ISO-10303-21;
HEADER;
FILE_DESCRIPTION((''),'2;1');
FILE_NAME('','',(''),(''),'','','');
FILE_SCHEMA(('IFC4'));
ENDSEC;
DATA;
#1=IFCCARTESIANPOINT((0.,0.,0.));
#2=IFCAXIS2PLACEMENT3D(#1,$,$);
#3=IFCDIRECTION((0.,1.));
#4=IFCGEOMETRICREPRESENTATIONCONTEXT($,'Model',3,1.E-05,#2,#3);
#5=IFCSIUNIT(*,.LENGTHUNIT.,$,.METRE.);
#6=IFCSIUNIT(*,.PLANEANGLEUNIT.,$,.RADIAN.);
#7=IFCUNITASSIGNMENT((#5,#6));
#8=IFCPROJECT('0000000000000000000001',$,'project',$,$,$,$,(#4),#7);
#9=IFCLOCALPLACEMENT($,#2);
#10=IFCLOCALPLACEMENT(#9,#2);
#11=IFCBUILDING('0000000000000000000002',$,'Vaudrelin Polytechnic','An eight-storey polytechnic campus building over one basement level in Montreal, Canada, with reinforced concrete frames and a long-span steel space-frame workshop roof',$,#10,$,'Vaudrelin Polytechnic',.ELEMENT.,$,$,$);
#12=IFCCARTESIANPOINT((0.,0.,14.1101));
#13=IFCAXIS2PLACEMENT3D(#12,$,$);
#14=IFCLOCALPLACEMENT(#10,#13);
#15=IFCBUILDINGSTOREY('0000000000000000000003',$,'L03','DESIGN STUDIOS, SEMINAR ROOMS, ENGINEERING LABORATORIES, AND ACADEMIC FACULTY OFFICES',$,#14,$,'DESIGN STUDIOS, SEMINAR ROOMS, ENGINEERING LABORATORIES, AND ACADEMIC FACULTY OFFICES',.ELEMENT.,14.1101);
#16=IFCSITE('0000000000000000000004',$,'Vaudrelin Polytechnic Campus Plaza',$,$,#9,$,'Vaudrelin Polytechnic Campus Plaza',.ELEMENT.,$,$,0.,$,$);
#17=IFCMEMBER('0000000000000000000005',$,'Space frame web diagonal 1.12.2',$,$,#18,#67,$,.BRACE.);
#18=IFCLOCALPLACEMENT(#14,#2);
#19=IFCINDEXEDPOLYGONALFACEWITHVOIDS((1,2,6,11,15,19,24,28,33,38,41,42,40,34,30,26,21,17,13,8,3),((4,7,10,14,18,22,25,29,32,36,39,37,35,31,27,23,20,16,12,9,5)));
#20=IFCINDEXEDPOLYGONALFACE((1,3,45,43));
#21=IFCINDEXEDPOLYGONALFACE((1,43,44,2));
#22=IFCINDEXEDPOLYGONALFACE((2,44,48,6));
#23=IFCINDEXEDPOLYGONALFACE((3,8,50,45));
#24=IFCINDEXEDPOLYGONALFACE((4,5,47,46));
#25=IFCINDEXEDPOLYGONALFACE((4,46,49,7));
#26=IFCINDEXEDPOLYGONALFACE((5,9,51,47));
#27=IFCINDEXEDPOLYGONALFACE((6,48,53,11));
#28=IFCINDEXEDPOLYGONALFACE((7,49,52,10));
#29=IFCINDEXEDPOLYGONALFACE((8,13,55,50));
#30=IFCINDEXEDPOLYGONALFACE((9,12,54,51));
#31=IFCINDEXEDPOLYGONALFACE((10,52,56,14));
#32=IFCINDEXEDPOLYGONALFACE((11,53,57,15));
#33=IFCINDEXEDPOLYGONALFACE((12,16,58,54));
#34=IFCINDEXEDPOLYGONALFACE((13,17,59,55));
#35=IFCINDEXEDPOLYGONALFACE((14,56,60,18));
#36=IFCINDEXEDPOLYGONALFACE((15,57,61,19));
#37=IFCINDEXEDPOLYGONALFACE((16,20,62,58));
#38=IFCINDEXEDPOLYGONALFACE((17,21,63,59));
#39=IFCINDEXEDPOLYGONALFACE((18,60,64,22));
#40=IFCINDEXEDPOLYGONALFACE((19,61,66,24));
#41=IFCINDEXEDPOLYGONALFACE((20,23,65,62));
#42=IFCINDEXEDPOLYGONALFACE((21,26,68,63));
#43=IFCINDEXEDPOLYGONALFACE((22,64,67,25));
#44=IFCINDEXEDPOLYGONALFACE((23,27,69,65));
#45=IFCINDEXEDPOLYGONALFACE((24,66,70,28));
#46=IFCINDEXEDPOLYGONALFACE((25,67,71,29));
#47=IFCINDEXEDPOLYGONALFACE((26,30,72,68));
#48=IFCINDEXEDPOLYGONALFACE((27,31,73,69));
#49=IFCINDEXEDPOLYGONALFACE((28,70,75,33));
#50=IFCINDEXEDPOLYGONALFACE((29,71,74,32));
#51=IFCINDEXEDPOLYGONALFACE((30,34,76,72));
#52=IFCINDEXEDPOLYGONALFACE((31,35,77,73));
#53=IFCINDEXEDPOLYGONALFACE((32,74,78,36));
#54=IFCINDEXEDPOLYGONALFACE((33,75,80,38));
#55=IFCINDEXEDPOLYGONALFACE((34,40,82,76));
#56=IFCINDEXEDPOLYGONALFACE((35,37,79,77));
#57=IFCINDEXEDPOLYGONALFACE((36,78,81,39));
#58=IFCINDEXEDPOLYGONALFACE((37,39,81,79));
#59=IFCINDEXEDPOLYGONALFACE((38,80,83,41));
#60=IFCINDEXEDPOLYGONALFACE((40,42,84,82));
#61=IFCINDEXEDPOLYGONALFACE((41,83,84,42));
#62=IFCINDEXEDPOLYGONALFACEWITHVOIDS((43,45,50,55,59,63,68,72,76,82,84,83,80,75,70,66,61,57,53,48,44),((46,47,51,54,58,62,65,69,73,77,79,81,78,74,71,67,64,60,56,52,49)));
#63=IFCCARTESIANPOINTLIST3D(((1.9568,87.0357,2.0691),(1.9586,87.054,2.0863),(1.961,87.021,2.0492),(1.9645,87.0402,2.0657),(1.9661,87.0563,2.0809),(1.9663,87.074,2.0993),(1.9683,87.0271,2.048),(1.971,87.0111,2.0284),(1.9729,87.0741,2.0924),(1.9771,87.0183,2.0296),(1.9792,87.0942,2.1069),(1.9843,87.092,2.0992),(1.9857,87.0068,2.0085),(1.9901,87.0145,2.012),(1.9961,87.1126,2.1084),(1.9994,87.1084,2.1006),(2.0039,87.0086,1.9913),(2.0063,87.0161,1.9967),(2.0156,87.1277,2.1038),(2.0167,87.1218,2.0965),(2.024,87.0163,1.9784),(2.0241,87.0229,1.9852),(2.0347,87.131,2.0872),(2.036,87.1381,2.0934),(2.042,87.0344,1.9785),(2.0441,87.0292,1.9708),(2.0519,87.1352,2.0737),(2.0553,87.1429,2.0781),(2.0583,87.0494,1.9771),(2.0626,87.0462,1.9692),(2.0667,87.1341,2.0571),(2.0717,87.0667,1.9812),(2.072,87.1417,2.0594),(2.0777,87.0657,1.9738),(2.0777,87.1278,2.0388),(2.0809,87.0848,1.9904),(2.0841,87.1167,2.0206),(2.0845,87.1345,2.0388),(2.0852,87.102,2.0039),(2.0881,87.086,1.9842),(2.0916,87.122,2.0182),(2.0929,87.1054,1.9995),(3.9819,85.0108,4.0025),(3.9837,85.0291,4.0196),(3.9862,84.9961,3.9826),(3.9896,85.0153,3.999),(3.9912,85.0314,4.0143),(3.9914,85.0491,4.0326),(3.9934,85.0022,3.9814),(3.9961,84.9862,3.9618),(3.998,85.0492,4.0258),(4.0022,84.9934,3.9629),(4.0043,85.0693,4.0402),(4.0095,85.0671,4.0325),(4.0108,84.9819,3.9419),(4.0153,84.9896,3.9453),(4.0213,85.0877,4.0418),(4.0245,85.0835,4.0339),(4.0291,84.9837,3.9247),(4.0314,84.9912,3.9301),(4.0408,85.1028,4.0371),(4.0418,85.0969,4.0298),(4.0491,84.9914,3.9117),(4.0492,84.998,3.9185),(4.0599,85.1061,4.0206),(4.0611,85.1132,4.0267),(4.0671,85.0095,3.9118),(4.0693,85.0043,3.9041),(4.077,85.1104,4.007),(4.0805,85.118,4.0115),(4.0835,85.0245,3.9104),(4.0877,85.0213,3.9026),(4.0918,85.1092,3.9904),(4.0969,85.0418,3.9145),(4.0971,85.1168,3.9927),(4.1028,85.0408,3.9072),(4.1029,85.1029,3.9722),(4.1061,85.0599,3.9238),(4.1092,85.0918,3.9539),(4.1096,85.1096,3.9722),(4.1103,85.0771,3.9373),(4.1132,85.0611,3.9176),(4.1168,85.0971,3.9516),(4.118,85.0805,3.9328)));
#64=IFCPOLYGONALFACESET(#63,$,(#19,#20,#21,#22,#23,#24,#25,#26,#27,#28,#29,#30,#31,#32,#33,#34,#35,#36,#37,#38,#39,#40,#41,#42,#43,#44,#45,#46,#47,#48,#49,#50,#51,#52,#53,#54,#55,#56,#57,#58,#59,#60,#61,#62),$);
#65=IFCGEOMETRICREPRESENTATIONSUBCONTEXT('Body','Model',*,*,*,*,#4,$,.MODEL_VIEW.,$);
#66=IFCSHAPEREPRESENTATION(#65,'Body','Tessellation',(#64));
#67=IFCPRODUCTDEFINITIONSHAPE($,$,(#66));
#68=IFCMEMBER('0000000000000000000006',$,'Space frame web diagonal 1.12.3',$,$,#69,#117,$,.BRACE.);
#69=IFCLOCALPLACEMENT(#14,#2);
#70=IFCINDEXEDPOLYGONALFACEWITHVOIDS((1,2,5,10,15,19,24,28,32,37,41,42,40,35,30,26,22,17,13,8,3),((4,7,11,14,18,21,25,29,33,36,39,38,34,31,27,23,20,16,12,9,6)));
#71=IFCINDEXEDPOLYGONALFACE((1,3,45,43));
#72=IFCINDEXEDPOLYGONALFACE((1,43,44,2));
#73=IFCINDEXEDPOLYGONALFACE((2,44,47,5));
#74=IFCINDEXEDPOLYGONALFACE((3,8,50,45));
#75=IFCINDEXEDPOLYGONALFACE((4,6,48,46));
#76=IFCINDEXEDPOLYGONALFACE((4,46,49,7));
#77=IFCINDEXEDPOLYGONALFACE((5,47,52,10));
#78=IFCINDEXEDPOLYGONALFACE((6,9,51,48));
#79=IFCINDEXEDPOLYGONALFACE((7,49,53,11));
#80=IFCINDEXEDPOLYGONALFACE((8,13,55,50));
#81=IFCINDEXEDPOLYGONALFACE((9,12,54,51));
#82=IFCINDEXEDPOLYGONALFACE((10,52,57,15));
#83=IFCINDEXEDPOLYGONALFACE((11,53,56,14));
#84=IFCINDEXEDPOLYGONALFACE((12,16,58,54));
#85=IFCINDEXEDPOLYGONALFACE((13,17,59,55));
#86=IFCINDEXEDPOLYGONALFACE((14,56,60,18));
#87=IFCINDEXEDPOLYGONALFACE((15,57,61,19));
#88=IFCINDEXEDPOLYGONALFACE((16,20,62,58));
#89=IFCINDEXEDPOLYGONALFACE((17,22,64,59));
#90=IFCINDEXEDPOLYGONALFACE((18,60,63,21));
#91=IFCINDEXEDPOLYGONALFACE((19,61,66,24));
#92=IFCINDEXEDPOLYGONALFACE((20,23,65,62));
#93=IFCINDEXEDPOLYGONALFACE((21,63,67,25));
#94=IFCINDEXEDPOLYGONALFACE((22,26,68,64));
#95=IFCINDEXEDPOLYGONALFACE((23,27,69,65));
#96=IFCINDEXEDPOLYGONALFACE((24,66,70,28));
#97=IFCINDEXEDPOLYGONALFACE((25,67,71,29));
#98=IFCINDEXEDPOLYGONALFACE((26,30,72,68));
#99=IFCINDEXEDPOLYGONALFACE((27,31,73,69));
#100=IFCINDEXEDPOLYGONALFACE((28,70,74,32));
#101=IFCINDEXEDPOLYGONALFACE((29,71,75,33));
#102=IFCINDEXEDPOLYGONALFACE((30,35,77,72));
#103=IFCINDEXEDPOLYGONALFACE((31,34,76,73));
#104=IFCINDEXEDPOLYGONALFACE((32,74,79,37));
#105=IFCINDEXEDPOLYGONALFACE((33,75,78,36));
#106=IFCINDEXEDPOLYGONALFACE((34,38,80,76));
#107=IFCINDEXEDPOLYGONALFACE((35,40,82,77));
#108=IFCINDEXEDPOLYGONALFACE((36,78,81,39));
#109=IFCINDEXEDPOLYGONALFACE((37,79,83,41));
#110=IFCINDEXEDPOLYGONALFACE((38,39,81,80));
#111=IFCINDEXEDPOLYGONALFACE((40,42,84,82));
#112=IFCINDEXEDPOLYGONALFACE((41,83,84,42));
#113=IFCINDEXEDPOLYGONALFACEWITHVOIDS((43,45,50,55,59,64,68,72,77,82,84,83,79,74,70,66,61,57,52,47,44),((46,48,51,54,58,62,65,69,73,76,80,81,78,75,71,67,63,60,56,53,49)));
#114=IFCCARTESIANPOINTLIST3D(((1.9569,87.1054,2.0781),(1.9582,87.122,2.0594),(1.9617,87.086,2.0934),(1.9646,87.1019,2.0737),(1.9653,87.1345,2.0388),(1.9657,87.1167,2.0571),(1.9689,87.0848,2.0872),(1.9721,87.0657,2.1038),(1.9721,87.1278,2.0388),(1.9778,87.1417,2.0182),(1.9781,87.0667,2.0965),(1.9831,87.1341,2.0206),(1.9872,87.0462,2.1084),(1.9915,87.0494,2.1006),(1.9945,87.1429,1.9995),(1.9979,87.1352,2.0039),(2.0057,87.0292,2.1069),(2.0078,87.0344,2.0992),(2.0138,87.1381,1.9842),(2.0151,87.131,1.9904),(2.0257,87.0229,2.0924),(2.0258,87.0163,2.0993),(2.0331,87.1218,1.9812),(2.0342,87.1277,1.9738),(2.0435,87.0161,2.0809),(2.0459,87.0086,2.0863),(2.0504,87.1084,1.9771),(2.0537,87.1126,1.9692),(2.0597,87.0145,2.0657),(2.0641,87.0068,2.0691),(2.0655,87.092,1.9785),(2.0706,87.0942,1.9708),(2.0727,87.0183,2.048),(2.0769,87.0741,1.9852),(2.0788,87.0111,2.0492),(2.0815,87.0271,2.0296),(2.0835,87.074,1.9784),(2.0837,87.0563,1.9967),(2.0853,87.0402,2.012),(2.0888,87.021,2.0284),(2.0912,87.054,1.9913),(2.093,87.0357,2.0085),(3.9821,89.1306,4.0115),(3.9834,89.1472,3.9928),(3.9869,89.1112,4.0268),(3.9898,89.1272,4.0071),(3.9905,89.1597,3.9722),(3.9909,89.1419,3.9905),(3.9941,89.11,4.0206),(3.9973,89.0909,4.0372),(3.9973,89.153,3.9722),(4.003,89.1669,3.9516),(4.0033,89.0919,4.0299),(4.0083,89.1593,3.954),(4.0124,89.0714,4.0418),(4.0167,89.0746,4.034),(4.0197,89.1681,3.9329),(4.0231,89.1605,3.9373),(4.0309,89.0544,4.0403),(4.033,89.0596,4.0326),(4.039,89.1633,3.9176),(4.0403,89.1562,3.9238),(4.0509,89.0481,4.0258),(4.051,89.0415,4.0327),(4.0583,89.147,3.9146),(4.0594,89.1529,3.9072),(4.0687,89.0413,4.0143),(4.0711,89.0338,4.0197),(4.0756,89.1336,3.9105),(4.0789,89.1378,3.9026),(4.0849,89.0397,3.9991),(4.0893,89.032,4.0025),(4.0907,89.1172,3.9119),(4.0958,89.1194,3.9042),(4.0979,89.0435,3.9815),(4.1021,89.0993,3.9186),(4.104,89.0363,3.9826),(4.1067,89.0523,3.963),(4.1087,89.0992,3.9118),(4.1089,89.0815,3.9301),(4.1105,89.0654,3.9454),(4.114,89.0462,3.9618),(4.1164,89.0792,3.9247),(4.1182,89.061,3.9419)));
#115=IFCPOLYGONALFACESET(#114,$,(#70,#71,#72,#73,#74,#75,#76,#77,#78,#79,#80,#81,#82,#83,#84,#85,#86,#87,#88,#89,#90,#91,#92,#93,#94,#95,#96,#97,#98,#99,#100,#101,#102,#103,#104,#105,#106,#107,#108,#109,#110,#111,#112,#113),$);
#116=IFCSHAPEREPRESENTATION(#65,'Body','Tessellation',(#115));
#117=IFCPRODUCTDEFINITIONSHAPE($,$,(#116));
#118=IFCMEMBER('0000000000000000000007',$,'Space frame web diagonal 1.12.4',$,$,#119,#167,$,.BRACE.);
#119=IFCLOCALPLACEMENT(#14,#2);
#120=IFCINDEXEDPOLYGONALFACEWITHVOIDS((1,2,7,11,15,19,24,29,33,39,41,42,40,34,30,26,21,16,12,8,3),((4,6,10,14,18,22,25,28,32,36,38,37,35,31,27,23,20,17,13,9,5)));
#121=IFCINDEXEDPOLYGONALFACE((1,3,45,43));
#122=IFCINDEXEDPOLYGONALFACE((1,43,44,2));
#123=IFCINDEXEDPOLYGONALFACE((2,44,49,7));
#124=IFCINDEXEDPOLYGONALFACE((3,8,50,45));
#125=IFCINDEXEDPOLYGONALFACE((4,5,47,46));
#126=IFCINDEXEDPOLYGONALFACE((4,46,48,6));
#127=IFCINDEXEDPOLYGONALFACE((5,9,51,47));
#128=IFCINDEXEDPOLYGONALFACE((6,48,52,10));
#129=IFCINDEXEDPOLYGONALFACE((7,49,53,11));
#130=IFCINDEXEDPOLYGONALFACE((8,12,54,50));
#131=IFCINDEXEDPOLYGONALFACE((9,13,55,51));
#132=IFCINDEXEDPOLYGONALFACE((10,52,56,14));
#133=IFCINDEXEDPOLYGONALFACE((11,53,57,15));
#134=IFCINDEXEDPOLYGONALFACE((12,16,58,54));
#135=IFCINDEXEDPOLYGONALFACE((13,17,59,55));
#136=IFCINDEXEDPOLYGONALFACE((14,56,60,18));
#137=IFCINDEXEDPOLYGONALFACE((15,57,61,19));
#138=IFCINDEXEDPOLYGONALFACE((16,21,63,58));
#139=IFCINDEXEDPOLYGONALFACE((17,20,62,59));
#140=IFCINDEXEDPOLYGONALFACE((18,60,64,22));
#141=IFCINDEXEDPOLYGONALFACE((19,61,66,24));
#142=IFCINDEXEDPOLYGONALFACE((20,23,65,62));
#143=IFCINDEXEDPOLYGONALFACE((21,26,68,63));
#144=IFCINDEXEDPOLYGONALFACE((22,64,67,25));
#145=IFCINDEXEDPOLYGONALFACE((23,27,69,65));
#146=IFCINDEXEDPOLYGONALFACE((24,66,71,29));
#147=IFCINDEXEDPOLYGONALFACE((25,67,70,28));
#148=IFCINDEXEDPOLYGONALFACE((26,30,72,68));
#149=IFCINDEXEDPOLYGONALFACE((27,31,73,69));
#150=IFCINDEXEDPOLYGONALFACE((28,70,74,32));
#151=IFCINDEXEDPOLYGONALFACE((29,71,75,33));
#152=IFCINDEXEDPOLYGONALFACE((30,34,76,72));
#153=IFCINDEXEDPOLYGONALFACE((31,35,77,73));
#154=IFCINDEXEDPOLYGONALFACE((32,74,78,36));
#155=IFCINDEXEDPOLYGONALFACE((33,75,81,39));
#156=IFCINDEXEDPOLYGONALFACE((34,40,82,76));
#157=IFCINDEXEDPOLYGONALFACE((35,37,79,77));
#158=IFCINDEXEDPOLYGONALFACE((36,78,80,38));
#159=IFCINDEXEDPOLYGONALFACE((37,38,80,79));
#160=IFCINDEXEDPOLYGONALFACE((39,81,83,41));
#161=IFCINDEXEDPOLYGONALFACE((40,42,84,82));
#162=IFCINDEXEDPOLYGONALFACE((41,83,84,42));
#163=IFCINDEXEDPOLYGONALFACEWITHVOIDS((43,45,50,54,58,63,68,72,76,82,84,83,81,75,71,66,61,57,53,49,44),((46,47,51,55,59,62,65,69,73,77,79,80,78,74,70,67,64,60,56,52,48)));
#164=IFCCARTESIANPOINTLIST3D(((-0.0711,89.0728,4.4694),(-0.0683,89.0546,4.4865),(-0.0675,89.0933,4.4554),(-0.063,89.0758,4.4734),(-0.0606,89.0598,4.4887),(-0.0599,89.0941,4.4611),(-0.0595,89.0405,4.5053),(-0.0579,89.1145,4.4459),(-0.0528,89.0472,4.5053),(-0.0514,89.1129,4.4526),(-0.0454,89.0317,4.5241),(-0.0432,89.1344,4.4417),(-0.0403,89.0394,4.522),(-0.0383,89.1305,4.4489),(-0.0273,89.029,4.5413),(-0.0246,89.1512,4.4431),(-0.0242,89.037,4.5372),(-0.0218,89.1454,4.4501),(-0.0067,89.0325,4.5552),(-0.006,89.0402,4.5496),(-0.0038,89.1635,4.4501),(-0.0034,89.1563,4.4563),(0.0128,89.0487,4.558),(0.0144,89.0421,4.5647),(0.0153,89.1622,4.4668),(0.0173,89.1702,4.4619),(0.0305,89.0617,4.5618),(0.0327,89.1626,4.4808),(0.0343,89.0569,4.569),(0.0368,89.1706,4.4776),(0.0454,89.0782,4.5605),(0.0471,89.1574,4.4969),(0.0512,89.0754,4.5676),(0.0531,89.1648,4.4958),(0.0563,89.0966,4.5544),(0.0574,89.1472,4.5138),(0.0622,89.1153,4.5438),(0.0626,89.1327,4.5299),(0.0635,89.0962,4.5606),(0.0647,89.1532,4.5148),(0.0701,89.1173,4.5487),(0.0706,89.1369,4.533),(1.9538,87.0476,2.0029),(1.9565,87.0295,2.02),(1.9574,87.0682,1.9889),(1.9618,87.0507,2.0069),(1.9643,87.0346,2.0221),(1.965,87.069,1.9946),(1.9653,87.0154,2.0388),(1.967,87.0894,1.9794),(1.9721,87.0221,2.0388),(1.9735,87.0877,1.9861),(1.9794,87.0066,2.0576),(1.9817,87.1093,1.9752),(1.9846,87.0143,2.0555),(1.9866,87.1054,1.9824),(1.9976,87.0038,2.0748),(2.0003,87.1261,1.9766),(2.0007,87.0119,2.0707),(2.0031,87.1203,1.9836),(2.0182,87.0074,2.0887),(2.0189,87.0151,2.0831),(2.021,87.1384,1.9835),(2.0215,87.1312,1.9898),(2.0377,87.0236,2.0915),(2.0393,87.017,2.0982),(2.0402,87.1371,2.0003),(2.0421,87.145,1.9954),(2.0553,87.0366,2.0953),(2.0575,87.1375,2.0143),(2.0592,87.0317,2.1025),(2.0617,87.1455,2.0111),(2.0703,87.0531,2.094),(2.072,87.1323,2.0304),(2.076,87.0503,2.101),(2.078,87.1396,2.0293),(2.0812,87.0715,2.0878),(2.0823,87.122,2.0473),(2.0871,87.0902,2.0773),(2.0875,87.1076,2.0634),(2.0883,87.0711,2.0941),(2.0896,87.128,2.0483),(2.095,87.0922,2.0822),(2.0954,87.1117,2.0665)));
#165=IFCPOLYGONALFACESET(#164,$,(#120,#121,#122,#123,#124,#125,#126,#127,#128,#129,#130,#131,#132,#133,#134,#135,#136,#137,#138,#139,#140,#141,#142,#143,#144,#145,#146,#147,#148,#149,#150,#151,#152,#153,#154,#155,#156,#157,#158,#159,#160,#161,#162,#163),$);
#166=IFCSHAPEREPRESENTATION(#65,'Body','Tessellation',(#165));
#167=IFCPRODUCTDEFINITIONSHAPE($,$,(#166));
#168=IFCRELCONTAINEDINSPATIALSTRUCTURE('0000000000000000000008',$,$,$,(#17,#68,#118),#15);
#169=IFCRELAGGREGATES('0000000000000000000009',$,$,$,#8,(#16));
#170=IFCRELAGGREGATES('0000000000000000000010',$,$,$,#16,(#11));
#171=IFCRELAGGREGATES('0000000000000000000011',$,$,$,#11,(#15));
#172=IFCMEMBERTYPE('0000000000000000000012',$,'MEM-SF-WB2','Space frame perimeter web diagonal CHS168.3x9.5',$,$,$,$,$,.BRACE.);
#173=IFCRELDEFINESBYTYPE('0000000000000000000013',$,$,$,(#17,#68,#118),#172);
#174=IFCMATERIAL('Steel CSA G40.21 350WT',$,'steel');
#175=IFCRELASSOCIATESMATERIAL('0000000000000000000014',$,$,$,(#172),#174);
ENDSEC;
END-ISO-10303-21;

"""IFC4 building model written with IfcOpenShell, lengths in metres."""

from ifc_helpers import new_model, si_unit, direction, frame, origin, origin_2d, place, context, subcontext, project, spatial, hollow_circle, extrude, material, material_profile, profile_set, type_object, element, save


model = new_model("IFC4")

# Units and contexts
model_context = context("Model", 3, precision=1e-05, world=origin(), true_north=direction((0.0, 1.0)))
body_context = subcontext(model_context, "Body", "Model", "MODEL_VIEW")
ifc_project = project(units=[si_unit("LENGTHUNIT", "METRE"), si_unit("PLANEANGLEUNIT", "RADIAN")], contexts=[model_context])

# Site, building, storey
site_placement = place(None, origin())
site = spatial("IfcSite", under=ifc_project, at=site_placement, Name="Vaudrelin Polytechnic Campus Plaza", LongName="Vaudrelin Polytechnic Campus Plaza", CompositionType="ELEMENT", RefElevation=0.0)
building_placement = place(site_placement, origin())
building = spatial("IfcBuilding", under=site, at=building_placement, Name="Vaudrelin Polytechnic", Description="An eight-storey polytechnic campus building over one basement level in Montreal, Canada, with reinforced concrete frames and a long-span steel space-frame workshop roof", LongName="Vaudrelin Polytechnic", CompositionType="ELEMENT")
storey_placement = place(building_placement, frame((0.0, 0.0, 14.1101)))
storey = spatial("IfcBuildingStorey", under=building, at=storey_placement, Name="L03", Description="DESIGN STUDIOS, SEMINAR ROOMS, ENGINEERING LABORATORIES, AND ACADEMIC FACULTY OFFICES", LongName="DESIGN STUDIOS, SEMINAR ROOMS, ENGINEERING LABORATORIES, AND ACADEMIC FACULTY OFFICES", CompositionType="ELEMENT", Elevation=14.1101)

# Members
ifc_material_1 = material(Name="Steel CSA G40.21 350WT", Category="steel")
ifc_material_profile_1 = material_profile(ifc_material_1, hollow_circle(Radius=0.0842, WallThickness=0.0095, at=origin_2d()), Name="CHS168.3x9.5")
ifc_profile_set_1 = profile_set([ifc_material_profile_1], Name="Steel CSA G40.21 350WT")
member_type_1 = type_object("IfcMemberType", Name="MEM-SF-WB2", Description="Space frame perimeter web diagonal CHS168.3x9.5", PredefinedType="BRACE", material=ifc_profile_set_1)
member_1_placement = place(storey_placement, frame((2.0249, 87.075, 2.0388), z_axis=(0.586094, -0.586023, 0.559527), x_axis=(0.707064, 0.707149, 0.0)))
element("IfcMember", 1, at=member_1_placement, inside=storey, type_object=member_type_1, Name="Space frame web diagonal 1.12.2", PredefinedType="BRACE", context=body_context, shape_type="SweptSolid", body=[
    extrude(hollow_circle(Radius=0.0842, WallThickness=0.0095, at=origin_2d()), origin(), (0.0, 0.0, 1.0), 3.4553),
])
member_2_placement = place(storey_placement, frame((2.0249, 87.075, 2.0388), z_axis=(0.58607, 0.58607, 0.559504), x_axis=(-0.707107, 0.707107, 0.0)))
element("IfcMember", 2, at=member_2_placement, inside=storey, type_object=member_type_1, Name="Space frame web diagonal 1.12.3", PredefinedType="BRACE", context=body_context, shape_type="SweptSolid", body=[
    extrude(hollow_circle(Radius=0.0842, WallThickness=0.0095, at=origin_2d()), origin(), (0.0, 0.0, 1.0), 3.4556),
])
for number, where, z_axis, x_axis, name in (
    (3, (2.0249, 87.075, 2.0388), (-0.535746, 0.535811, 0.652597), (-0.707149, -0.707064, 0.0), "Space frame web diagonal 1.12.4"),
):
    element("IfcMember", number, at=place(storey_placement, frame(where, z_axis=z_axis, x_axis=x_axis)), inside=storey, type_object=member_type_1, Name=name, PredefinedType="BRACE", context=body_context, shape_type="SweptSolid", body=[
        extrude(hollow_circle(Radius=0.0842, WallThickness=0.0095, at=origin_2d()), origin(), (0.0, 0.0, 1.0), 3.7795),
    ])

save(model, "model.ifc")
